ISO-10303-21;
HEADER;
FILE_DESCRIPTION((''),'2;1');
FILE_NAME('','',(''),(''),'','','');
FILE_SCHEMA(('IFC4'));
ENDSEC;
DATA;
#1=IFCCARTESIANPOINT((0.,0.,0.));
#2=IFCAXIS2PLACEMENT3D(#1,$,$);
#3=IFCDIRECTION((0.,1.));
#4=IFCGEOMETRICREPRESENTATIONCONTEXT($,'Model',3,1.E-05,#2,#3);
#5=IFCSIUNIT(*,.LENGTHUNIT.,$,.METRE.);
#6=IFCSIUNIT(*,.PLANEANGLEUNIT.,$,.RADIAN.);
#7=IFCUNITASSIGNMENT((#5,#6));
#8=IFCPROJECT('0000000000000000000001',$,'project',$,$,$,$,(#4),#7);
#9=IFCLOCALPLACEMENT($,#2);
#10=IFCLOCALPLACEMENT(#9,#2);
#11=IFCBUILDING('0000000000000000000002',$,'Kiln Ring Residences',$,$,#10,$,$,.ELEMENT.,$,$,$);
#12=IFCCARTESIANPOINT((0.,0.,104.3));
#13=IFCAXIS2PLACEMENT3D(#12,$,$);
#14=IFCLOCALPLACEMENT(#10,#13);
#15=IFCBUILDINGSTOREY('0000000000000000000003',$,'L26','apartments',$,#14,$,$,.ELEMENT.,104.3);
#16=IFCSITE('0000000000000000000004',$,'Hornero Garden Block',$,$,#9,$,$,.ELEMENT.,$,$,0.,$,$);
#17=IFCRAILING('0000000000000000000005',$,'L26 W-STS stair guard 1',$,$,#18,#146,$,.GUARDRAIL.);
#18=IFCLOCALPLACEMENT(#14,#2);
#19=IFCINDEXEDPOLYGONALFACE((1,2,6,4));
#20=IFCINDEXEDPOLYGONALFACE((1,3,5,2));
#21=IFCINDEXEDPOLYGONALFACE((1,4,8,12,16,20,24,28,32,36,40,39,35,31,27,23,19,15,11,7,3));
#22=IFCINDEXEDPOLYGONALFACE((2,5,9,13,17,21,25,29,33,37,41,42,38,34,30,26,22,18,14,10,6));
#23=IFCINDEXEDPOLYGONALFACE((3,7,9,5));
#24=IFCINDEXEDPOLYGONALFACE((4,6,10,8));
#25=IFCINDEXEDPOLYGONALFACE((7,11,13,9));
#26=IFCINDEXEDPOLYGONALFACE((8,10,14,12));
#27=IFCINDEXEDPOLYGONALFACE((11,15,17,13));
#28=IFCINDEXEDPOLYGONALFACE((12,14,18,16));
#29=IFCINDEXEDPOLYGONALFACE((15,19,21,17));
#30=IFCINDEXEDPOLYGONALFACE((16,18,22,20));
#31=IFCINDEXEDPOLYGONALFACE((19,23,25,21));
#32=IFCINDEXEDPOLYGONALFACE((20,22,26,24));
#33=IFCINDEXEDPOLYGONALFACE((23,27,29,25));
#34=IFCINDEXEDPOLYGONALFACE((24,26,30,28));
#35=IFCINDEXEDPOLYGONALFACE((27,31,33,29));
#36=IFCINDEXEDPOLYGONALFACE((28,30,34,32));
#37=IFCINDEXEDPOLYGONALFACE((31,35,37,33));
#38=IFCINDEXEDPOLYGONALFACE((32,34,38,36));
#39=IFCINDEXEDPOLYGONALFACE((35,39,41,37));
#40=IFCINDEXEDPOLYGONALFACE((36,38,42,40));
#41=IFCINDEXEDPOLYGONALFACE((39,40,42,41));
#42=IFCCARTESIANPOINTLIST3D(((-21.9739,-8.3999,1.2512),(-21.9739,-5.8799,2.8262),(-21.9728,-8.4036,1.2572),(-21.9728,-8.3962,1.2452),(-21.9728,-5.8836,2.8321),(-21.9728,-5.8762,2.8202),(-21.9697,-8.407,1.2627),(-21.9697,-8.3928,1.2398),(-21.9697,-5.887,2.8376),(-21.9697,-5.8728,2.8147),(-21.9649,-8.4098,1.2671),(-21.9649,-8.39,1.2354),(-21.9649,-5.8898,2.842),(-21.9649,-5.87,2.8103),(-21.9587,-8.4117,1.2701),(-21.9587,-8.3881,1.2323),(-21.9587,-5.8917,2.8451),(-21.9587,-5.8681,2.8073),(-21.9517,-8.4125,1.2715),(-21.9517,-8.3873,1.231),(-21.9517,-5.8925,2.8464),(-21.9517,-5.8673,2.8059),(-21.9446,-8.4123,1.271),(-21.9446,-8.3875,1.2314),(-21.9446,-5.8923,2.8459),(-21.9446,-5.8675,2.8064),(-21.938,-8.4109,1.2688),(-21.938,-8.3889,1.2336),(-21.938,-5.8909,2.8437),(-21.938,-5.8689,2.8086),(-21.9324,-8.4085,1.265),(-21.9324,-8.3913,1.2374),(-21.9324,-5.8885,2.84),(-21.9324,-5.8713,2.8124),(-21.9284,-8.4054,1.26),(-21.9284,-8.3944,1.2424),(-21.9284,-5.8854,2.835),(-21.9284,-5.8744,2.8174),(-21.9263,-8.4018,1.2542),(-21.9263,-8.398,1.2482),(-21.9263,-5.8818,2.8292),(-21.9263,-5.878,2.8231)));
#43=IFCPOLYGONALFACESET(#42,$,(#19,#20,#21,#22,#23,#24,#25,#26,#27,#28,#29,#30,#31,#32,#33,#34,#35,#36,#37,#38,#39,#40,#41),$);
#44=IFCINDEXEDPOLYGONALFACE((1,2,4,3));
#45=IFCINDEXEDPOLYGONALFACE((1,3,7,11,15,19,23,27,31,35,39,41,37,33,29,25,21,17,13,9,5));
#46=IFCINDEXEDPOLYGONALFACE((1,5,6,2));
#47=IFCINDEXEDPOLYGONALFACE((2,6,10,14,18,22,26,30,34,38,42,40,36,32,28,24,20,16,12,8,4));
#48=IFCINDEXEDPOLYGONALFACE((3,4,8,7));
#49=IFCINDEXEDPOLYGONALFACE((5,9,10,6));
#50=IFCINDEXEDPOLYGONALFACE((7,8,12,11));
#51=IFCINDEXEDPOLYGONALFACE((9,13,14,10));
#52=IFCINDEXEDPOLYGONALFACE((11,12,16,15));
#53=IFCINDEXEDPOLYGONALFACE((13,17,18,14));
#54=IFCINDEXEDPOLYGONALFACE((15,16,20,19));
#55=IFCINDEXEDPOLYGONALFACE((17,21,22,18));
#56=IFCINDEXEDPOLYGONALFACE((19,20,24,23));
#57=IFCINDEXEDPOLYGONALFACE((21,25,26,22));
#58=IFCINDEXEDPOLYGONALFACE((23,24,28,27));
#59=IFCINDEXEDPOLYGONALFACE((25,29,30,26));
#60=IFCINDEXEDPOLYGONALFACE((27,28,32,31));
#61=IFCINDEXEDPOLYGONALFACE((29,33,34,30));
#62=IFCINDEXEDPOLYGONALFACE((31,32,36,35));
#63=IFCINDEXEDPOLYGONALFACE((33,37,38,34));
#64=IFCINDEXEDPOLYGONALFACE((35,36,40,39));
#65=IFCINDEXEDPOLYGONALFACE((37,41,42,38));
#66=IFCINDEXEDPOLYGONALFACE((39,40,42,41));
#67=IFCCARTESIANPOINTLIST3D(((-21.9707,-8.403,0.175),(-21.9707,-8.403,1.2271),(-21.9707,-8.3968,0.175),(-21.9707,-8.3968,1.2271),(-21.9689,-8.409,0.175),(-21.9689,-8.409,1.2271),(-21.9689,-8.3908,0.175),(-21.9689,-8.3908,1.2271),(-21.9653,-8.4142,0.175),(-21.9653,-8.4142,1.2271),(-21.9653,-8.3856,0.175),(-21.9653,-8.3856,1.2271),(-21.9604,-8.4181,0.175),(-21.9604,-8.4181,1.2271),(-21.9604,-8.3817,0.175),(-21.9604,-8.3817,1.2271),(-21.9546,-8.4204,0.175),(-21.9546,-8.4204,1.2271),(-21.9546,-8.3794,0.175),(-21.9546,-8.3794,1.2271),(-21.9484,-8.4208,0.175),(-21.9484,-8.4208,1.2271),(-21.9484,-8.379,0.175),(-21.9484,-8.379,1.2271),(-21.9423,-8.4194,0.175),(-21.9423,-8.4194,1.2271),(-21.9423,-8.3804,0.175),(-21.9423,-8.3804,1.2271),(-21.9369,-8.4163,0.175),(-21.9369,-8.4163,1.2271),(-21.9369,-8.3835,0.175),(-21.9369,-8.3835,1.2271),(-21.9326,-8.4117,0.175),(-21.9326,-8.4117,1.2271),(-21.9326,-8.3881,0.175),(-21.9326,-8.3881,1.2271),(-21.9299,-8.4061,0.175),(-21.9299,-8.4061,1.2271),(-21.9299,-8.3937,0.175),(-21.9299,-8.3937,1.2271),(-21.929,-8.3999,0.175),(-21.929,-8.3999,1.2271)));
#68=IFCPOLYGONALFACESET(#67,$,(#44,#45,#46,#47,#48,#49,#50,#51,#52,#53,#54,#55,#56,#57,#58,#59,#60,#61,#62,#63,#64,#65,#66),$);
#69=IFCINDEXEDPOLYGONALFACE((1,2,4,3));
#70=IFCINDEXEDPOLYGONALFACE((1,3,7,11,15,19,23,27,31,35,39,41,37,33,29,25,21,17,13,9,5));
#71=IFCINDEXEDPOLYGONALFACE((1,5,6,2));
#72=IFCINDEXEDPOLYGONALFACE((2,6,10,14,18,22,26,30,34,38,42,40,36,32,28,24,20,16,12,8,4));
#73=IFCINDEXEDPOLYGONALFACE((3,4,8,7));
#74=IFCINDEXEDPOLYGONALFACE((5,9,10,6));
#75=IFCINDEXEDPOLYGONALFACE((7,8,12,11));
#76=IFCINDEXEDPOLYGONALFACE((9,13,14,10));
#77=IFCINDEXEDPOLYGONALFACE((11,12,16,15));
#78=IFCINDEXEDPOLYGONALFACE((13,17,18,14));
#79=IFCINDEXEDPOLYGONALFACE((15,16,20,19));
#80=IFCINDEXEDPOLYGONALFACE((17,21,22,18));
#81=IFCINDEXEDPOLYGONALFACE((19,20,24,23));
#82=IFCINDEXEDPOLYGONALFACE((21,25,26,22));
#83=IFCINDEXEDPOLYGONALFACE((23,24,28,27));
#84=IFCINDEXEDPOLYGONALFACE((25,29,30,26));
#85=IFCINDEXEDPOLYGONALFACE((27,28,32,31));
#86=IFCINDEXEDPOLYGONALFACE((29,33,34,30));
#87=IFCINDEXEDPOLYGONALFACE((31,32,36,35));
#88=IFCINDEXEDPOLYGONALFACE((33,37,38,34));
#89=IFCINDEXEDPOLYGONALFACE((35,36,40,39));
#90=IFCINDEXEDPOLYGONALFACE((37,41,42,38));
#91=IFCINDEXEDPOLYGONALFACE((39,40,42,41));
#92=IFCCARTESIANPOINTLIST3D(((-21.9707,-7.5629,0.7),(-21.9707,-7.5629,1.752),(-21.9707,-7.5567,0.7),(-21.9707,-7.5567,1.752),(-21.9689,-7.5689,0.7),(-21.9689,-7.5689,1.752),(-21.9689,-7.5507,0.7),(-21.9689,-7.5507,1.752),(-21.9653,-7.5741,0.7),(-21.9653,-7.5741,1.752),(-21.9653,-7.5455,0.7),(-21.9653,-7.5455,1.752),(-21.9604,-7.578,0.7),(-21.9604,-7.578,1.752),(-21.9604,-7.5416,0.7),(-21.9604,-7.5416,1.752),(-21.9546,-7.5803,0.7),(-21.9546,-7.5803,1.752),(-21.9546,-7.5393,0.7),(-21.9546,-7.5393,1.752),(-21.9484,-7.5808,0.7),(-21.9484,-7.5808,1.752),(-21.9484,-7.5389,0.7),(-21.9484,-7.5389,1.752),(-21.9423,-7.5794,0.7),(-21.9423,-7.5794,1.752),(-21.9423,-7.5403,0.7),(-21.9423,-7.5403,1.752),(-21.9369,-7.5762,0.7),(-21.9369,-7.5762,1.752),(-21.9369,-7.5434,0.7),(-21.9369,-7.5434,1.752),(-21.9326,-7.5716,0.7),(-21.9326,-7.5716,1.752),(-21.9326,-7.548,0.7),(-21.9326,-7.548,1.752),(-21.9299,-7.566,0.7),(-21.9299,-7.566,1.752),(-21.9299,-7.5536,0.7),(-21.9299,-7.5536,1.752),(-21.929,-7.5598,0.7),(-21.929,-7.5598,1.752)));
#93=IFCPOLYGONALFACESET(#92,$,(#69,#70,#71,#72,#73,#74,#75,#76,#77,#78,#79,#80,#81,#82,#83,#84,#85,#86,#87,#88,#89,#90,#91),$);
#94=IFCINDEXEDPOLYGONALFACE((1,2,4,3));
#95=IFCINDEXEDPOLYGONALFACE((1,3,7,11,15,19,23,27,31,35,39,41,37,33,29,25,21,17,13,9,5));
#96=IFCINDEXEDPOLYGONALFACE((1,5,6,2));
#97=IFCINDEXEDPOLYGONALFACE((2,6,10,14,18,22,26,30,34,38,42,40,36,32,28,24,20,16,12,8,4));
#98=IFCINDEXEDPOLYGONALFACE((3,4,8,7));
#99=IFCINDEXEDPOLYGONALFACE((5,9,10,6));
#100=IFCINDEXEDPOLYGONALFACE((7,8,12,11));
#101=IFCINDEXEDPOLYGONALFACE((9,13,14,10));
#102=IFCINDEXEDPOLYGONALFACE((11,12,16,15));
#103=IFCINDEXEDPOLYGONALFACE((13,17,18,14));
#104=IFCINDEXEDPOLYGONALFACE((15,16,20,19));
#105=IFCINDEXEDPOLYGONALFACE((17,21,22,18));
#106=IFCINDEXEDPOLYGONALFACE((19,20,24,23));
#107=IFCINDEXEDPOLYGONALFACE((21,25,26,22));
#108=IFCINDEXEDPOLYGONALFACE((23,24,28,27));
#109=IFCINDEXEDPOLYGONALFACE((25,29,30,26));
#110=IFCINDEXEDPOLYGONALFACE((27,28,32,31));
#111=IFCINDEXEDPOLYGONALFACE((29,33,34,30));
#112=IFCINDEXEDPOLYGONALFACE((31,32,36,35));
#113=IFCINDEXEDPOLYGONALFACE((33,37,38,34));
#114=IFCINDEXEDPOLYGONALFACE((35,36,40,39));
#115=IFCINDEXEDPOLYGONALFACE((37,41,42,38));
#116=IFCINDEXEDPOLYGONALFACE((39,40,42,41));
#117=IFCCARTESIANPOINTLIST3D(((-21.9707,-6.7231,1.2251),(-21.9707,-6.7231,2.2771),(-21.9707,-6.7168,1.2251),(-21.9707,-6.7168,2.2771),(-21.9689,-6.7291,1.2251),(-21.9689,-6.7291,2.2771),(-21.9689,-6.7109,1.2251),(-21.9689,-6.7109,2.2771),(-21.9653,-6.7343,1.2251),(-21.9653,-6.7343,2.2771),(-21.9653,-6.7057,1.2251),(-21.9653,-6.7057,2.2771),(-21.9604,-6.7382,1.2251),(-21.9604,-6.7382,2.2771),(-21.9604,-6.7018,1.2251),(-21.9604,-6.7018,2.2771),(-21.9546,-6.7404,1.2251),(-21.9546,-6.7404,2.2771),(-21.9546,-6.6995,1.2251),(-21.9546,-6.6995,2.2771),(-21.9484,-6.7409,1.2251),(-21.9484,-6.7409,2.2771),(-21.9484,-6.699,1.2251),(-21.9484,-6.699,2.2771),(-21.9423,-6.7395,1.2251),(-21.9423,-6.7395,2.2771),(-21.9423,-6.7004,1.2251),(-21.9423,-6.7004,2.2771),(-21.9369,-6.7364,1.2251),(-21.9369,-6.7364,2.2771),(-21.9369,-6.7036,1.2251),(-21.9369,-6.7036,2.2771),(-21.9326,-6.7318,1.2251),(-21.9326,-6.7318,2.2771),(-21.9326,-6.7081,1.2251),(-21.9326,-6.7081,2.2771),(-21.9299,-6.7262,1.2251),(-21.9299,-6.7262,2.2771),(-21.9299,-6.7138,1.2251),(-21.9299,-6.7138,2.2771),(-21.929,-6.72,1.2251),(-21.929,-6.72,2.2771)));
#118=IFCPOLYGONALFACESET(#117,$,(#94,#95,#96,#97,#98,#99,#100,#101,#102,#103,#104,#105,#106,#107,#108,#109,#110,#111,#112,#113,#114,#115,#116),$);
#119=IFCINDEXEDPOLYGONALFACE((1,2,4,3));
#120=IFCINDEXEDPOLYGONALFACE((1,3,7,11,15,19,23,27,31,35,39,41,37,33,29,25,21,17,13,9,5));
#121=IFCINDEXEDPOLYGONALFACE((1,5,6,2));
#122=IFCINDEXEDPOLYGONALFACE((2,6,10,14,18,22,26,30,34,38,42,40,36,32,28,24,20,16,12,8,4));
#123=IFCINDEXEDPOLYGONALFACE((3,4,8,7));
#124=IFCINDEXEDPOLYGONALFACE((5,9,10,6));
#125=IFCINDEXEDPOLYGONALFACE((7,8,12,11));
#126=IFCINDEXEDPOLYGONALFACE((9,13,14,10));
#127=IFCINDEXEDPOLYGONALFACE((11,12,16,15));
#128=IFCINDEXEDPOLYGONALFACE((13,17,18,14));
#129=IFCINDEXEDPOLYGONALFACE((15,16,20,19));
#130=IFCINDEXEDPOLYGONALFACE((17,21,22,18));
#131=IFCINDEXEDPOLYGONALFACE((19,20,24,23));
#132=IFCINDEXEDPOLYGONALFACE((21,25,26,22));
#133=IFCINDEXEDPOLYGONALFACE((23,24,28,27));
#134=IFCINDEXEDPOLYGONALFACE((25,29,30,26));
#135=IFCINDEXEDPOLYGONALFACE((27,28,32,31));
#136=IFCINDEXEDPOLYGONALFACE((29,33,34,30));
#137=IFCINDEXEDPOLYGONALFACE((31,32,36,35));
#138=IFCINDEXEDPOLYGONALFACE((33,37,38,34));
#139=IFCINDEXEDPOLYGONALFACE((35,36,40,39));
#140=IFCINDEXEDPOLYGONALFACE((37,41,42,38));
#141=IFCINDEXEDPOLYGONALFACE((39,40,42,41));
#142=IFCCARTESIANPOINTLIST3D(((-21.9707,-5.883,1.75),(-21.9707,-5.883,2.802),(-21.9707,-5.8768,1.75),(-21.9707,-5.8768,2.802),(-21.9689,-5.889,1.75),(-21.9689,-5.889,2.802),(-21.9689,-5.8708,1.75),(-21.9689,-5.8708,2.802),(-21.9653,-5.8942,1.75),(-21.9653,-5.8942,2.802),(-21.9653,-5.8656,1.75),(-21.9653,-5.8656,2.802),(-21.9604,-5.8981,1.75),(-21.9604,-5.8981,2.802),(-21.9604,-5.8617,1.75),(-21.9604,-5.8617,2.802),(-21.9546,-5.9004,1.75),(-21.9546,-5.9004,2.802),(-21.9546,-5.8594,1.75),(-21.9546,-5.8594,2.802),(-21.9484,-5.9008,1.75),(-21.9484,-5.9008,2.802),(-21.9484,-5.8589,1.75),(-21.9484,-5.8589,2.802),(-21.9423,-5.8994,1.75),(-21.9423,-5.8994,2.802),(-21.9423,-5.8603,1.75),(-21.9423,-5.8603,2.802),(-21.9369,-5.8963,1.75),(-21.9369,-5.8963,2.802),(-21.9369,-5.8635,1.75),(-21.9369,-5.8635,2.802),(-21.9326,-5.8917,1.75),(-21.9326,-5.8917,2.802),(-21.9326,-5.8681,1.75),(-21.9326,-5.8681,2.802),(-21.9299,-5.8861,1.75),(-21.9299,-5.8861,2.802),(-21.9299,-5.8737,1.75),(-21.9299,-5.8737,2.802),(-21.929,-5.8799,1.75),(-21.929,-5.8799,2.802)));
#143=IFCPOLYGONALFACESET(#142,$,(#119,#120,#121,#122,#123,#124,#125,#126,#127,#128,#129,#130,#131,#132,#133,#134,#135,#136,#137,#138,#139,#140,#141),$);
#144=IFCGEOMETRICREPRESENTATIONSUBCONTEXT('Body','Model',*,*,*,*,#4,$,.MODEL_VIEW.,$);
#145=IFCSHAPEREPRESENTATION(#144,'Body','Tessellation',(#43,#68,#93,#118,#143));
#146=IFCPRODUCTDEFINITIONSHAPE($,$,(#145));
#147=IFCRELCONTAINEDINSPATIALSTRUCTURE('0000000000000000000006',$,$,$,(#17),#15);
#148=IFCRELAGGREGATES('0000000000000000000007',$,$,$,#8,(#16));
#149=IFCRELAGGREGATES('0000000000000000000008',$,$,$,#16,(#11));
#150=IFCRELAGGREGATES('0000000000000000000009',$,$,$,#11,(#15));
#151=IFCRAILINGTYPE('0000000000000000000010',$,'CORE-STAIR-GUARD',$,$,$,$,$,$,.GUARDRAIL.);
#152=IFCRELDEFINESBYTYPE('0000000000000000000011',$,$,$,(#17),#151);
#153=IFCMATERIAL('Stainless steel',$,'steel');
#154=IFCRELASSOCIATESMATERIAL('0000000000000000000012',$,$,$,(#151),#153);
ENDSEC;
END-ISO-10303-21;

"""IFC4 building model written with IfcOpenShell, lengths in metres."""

from ifc_helpers import new_model, si_unit, direction, frame, origin, origin_2d, place, context, subcontext, project, spatial, circle, extrude, material, type_object, element, save


model = new_model("IFC4")

# Units and contexts
model_context = context("Model", 3, precision=1e-05, world=origin(), true_north=direction((0.0, 1.0)))
body_context = subcontext(model_context, "Body", "Model", "MODEL_VIEW")
ifc_project = project(units=[si_unit("LENGTHUNIT", "METRE"), si_unit("PLANEANGLEUNIT", "RADIAN")], contexts=[model_context])

# Site, building, storey
site_placement = place(None, origin())
site = spatial("IfcSite", under=ifc_project, at=site_placement, Name="Hornero Garden Block", CompositionType="ELEMENT", RefElevation=0.0)
building_placement = place(site_placement, origin())
building = spatial("IfcBuilding", under=site, at=building_placement, Name="Kiln Ring Residences", CompositionType="ELEMENT")
storey_placement = place(building_placement, frame((0.0, 0.0, 104.3)))
storey = spatial("IfcBuildingStorey", under=building, at=storey_placement, Name="L26", Description="apartments", CompositionType="ELEMENT", Elevation=104.3)

# Railing
ifc_material_1 = material(Name="Stainless steel", Category="steel")
railing_type_1 = type_object("IfcRailingType", Name="CORE-STAIR-GUARD", PredefinedType="GUARDRAIL", material=ifc_material_1)
railing_1_placement = place(storey_placement, frame((-21.95, -8.3999, 0.175)))
element("IfcRailing", 1, at=railing_1_placement, inside=storey, type_object=railing_type_1, Name="L26 W-STS stair guard 1", PredefinedType="GUARDRAIL", context=body_context, shape_type="SweptSolid", body=[
    extrude(circle(Radius=0.0239, at=origin_2d()), frame((0.0, 0.0, 1.0762), z_axis=(0.0, 0.848008, 0.529984), x_axis=(-1.0, 0.0, 0.0)), (0.0, 0.0, 1.0), 2.9717),
    extrude(circle(Radius=0.021, at=origin_2d()), origin(), (0.0, 0.0, 1.0), 1.052),
    extrude(circle(Radius=0.021, at=origin_2d()), frame((0.0, 0.8401, 0.5249)), (0.0, 0.0, 1.0), 1.052),
    extrude(circle(Radius=0.021, at=origin_2d()), frame((0.0, 1.6799, 1.05)), (0.0, 0.0, 1.0), 1.052),
    extrude(circle(Radius=0.021, at=origin_2d()), frame((0.0, 2.52, 1.575)), (0.0, 0.0, 1.0), 1.052),
])

save(model, "model.ifc")
